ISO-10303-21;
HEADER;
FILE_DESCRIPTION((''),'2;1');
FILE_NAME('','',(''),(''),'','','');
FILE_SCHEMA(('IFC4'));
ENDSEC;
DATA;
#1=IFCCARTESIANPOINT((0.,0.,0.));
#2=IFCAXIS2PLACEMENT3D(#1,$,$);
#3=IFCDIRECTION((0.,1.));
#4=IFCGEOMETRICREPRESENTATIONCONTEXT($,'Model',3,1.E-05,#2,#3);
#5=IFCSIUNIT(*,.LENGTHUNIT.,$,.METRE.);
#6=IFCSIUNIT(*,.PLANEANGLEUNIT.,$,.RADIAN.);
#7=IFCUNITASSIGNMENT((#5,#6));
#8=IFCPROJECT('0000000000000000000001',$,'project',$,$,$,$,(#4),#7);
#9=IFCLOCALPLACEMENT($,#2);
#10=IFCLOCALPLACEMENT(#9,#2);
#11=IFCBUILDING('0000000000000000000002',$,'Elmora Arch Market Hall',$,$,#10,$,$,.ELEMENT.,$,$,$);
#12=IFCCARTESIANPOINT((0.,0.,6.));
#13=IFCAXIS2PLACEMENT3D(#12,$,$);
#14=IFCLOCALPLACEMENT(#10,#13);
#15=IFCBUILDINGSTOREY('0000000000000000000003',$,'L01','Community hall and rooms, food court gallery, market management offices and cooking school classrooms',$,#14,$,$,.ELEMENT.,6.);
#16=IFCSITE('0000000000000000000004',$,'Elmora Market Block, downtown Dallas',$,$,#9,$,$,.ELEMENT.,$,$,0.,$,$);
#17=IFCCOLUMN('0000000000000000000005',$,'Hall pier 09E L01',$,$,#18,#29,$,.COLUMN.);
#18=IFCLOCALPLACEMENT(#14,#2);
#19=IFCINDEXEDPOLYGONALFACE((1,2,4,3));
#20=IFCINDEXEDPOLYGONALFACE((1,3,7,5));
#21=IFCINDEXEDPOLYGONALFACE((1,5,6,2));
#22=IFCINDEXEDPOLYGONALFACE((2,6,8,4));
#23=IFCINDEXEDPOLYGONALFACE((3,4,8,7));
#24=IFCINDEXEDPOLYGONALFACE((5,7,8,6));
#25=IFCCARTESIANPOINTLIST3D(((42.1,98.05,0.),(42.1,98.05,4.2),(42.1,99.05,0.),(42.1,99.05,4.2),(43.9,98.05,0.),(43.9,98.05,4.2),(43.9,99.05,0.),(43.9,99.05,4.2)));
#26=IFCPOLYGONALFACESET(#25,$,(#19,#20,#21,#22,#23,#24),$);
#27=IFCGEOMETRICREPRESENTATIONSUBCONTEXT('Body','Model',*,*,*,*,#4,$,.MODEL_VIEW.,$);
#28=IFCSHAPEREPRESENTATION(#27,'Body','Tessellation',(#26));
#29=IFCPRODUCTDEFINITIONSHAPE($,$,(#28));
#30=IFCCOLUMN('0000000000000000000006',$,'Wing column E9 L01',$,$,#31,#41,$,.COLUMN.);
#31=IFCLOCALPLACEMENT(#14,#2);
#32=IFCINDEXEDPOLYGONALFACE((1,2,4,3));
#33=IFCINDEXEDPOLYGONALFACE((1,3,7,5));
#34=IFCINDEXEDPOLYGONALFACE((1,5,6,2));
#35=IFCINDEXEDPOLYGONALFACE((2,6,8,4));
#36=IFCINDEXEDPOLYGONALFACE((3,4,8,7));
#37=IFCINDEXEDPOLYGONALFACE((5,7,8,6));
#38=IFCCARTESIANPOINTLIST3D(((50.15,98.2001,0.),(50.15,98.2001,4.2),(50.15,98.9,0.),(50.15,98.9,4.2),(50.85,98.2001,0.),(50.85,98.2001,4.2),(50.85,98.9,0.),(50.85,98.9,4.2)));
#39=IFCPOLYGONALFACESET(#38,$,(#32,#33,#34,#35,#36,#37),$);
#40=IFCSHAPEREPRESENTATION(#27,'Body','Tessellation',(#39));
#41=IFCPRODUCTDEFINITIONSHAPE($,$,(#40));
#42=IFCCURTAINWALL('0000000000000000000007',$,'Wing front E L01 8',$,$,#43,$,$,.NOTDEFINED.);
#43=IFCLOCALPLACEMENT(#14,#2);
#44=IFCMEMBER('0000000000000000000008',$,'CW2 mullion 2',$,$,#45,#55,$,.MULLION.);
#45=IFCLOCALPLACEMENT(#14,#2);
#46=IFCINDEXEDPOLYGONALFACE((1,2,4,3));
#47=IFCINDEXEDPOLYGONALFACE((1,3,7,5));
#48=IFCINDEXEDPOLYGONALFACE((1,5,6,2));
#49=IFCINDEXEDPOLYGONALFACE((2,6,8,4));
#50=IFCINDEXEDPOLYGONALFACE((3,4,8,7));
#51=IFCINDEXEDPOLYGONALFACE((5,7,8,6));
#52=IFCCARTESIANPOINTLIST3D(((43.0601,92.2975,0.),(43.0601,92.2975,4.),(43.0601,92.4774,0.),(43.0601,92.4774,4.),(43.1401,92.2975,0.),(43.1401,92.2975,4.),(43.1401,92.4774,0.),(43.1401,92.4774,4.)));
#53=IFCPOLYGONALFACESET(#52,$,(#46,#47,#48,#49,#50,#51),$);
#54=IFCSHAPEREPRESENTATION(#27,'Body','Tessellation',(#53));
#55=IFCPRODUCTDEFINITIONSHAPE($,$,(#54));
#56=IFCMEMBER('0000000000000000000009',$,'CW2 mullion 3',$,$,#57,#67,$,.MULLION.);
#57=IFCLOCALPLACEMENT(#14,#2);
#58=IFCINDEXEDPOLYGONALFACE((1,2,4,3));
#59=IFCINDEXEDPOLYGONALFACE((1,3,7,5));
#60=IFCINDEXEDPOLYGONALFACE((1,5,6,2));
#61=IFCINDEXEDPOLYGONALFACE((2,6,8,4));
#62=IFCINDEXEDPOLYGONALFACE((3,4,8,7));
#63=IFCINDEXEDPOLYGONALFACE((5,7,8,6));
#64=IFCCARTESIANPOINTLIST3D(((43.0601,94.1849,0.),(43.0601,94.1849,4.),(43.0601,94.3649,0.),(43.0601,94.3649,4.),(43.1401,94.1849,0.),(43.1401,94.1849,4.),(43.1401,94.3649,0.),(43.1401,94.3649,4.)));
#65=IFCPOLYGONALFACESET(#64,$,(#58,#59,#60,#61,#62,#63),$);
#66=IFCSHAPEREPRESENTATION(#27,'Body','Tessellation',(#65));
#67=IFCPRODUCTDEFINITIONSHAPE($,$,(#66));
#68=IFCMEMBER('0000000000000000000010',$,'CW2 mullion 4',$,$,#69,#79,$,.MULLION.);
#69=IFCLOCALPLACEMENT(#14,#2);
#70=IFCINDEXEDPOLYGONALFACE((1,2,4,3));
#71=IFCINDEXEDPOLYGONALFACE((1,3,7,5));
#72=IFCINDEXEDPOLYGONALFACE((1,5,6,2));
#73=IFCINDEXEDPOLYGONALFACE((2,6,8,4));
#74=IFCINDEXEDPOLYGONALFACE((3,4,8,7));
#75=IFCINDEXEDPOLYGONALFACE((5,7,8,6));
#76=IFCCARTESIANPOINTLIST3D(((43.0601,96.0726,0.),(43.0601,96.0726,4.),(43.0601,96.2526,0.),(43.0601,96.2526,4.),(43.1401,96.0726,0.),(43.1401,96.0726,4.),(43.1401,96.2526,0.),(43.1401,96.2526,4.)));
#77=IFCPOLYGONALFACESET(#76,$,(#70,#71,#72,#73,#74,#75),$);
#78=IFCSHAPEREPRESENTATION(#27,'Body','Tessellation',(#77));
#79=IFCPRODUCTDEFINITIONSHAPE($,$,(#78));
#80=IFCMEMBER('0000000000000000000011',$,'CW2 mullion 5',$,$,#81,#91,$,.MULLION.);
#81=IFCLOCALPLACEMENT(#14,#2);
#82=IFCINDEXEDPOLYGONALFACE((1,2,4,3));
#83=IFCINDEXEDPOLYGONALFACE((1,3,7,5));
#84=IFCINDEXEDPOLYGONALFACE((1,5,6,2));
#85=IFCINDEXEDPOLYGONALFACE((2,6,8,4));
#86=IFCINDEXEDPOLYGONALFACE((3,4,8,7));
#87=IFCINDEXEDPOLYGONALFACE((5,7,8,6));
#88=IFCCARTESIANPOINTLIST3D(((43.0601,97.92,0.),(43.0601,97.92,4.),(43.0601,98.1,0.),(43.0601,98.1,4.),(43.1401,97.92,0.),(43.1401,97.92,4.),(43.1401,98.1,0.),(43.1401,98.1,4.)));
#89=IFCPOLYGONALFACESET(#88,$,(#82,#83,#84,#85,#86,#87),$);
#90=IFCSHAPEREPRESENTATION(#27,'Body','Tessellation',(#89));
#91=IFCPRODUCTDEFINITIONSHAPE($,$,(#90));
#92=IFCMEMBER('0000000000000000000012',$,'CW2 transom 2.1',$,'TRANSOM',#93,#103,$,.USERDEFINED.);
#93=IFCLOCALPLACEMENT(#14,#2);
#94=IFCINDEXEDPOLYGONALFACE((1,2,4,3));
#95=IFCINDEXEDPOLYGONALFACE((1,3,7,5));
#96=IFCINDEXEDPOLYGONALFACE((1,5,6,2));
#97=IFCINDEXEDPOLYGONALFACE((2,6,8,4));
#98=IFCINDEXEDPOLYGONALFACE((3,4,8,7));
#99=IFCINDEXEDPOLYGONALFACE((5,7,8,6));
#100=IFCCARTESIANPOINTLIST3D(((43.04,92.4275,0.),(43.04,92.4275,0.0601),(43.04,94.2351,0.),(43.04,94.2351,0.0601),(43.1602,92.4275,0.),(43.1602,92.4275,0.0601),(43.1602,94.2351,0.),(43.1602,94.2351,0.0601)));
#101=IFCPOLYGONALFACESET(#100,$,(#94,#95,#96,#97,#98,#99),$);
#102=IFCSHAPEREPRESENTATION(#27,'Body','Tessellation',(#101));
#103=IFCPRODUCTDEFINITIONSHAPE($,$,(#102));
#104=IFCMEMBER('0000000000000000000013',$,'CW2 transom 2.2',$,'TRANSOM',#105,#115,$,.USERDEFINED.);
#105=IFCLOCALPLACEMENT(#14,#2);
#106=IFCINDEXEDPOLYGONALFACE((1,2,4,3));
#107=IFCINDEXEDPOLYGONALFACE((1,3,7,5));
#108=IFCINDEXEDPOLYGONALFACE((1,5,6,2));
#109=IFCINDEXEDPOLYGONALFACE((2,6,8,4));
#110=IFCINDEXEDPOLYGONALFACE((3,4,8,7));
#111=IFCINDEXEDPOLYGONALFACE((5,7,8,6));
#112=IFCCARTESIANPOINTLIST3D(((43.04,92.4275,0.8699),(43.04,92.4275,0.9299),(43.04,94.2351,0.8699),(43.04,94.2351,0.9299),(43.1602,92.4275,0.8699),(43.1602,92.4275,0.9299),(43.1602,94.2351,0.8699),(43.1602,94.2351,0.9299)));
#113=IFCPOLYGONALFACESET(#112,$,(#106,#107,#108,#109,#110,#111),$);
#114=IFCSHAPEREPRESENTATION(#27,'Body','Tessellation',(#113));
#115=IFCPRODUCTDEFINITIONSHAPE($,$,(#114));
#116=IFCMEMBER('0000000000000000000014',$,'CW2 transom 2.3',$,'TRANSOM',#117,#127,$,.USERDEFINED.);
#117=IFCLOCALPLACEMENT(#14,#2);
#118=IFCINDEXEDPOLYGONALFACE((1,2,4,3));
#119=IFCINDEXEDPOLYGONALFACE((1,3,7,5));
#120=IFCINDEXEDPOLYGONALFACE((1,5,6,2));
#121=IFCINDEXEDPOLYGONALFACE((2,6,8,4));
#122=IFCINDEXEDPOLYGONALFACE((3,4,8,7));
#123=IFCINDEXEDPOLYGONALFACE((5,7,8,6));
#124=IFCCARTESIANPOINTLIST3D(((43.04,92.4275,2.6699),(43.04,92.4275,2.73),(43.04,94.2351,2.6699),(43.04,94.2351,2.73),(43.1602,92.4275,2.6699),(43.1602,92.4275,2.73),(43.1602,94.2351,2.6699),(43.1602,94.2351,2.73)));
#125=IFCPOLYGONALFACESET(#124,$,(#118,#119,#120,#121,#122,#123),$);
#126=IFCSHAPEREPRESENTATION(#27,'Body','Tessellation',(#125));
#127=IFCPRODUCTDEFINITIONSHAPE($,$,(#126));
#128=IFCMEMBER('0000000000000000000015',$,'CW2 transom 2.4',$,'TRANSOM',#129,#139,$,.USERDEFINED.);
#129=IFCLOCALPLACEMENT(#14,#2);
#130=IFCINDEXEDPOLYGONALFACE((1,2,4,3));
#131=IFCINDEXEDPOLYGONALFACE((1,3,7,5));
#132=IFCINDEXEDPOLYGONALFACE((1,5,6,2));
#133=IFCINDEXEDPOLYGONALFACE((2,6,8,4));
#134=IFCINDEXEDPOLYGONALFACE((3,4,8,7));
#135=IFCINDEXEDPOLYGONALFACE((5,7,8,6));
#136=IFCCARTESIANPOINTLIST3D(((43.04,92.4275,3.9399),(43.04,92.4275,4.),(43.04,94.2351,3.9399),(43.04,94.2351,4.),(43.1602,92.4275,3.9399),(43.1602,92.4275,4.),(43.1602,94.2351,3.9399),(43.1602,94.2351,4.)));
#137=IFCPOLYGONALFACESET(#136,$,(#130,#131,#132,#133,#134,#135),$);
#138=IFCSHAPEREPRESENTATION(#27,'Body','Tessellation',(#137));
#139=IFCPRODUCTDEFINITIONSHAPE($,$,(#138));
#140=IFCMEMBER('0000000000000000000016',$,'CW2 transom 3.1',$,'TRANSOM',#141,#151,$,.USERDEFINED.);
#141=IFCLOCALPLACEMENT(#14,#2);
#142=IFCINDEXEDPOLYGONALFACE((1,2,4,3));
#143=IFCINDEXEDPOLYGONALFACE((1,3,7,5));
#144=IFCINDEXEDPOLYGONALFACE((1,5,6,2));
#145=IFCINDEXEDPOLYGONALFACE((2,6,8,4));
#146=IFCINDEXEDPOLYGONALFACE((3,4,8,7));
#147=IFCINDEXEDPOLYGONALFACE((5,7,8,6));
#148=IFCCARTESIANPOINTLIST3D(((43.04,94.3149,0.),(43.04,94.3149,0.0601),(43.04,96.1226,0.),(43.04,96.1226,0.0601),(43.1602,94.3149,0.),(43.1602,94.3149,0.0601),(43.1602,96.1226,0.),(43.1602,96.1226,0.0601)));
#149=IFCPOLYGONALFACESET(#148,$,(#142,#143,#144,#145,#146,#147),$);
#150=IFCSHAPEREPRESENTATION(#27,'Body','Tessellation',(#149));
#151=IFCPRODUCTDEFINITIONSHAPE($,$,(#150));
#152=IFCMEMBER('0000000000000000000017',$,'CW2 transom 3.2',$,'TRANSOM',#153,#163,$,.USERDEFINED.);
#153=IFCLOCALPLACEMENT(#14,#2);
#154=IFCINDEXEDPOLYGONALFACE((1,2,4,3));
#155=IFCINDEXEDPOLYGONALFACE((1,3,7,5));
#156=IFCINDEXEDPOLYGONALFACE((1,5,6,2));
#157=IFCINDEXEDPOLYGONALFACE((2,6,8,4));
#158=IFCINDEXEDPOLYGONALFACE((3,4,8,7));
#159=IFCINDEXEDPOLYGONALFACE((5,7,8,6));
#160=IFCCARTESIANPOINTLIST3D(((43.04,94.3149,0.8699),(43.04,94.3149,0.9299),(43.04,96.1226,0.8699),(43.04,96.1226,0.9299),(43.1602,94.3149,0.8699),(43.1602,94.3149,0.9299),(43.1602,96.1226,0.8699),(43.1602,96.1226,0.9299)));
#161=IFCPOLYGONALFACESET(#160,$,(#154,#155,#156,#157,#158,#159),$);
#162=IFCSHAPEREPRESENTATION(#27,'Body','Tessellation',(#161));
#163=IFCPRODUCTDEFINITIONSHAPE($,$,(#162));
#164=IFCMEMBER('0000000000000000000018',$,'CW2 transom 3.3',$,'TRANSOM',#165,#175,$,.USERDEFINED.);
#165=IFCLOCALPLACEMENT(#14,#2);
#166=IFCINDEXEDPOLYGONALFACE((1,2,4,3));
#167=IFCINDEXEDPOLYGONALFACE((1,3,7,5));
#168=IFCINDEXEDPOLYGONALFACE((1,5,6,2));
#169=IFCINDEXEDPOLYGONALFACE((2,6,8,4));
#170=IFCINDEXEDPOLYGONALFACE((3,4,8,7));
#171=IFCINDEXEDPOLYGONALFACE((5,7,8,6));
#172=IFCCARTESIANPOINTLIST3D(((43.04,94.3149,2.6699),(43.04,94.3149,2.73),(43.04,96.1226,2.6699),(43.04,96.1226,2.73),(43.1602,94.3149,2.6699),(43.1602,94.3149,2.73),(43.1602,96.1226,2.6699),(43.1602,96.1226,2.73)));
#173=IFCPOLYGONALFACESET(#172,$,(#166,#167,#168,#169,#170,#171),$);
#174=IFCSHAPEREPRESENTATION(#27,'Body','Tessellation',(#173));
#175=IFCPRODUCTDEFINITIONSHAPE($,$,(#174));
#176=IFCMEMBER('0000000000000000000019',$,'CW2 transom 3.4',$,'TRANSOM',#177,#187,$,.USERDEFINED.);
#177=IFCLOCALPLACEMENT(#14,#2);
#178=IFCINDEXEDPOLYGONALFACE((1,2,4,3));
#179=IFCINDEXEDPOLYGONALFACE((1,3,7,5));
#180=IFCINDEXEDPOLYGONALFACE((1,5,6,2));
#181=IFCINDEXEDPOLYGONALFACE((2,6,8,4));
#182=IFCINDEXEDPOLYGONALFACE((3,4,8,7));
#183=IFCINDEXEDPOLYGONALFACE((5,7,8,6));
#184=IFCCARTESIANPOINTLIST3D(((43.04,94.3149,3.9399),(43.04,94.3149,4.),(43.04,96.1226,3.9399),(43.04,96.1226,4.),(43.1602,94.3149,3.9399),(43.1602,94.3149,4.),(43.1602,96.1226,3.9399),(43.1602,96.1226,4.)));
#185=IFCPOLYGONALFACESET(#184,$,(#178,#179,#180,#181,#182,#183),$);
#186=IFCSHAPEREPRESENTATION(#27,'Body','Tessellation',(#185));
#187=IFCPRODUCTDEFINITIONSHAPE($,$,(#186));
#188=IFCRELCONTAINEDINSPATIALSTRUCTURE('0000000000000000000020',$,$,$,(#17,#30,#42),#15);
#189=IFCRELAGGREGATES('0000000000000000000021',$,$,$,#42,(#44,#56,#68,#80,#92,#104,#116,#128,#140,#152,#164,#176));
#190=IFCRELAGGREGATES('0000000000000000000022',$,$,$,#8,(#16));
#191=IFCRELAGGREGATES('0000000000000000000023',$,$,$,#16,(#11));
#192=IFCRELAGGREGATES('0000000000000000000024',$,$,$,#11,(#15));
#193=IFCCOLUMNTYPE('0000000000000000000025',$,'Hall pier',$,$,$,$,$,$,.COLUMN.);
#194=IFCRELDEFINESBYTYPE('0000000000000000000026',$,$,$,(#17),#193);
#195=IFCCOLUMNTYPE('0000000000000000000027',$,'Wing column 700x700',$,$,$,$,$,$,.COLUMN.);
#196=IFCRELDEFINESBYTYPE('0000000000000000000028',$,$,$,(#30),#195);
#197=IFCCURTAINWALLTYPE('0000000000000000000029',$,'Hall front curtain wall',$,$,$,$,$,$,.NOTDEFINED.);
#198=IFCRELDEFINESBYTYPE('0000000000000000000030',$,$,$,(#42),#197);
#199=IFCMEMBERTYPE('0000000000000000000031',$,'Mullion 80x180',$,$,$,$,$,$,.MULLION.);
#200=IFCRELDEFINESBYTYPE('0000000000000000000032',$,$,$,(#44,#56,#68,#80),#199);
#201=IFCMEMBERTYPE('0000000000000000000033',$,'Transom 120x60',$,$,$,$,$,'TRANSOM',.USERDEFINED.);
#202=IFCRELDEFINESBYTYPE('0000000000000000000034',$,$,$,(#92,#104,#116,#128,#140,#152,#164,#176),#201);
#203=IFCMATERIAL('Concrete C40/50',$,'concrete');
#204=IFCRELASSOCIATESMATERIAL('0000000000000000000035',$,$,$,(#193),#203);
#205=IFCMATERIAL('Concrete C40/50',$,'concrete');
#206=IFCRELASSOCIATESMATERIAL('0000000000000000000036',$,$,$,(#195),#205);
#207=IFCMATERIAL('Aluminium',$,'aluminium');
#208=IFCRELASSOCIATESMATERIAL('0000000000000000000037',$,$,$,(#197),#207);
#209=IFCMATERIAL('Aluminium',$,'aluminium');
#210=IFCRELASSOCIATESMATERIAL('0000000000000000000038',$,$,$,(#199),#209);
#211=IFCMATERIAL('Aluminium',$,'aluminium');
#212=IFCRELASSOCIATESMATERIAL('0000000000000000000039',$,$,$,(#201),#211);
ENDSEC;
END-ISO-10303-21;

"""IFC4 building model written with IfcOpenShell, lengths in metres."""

from ifc_helpers import new_model, si_unit, direction, frame, origin, origin_2d, place, context, subcontext, project, spatial, rectangle, extrude, material, material_profile, profile_set, type_object, element, aggregate, save


model = new_model("IFC4")

# Units and contexts
model_context = context("Model", 3, precision=1e-05, world=origin(), true_north=direction((0.0, 1.0)))
body_context = subcontext(model_context, "Body", "Model", "MODEL_VIEW")
ifc_project = project(units=[si_unit("LENGTHUNIT", "METRE"), si_unit("PLANEANGLEUNIT", "RADIAN")], contexts=[model_context])

# Site, building, storey
site_placement = place(None, origin())
site = spatial("IfcSite", under=ifc_project, at=site_placement, Name="Elmora Market Block, downtown Dallas", CompositionType="ELEMENT", RefElevation=0.0)
building_placement = place(site_placement, origin())
building = spatial("IfcBuilding", under=site, at=building_placement, Name="Elmora Arch Market Hall", CompositionType="ELEMENT")
storey_placement = place(building_placement, frame((0.0, 0.0, 6.0)))
storey = spatial("IfcBuildingStorey", under=building, at=storey_placement, Name="L01", Description="Community hall and rooms, food court gallery, market management offices and cooking school classrooms", CompositionType="ELEMENT", Elevation=6.0)

# Columns
ifc_material_1 = material(Name="Concrete C40/50", Category="concrete")
ifc_material_profile_1 = material_profile(ifc_material_1, rectangle(XDim=1.8, YDim=1.0, at=origin_2d()), Name="Hall pier")
ifc_profile_set_1 = profile_set([ifc_material_profile_1], Name="Concrete C40/50")
column_type_1 = type_object("IfcColumnType", Name="Hall pier", PredefinedType="COLUMN", material=ifc_profile_set_1)
column_1_placement = place(storey_placement, frame((43.0, 98.55, 0.0), z_axis=(0.0, 0.0, 1.0), x_axis=(1.0, 0.0, 0.0)))
element("IfcColumn", 1, at=column_1_placement, inside=storey, type_object=column_type_1, Name="Hall pier 09E L01", PredefinedType="COLUMN", context=body_context, shape_type="SweptSolid", body=[
    extrude(rectangle(XDim=1.8, YDim=1.0, at=origin_2d()), origin(), (0.0, 0.0, 1.0), 4.2),
])
ifc_material_2 = material(Name="Concrete C40/50", Category="concrete")
ifc_material_profile_2 = material_profile(ifc_material_2, rectangle(XDim=0.7, YDim=0.7, at=origin_2d()), Name="Wing column 700x700")
ifc_profile_set_2 = profile_set([ifc_material_profile_2], Name="Concrete C40/50")
column_type_2 = type_object("IfcColumnType", Name="Wing column 700x700", PredefinedType="COLUMN", material=ifc_profile_set_2)
column_2_placement = place(storey_placement, frame((50.5, 98.55, 0.0), z_axis=(0.0, 0.0, 1.0), x_axis=(1.0, 0.0, 0.0)))
element("IfcColumn", 2, at=column_2_placement, inside=storey, type_object=column_type_2, Name="Wing column E9 L01", PredefinedType="COLUMN", context=body_context, shape_type="SweptSolid", body=[
    extrude(rectangle(XDim=0.7, YDim=0.7, at=origin_2d()), origin(), (0.0, 0.0, 1.0), 4.2),
])

# Curtain wall, members
ifc_material_3 = material(Name="Aluminium", Category="aluminium")
curtain_wall_type = type_object("IfcCurtainWallType", Name="Hall front curtain wall", PredefinedType="NOTDEFINED", material=ifc_material_3)
curtain_wall_placement = place(storey_placement, origin())
curtain_wall = element("IfcCurtainWall", 3, at=curtain_wall_placement, inside=storey, type_object=curtain_wall_type, Name="Wing front E L01 8", PredefinedType="NOTDEFINED")
ifc_material_4 = material(Name="Aluminium", Category="aluminium")
ifc_material_profile_3 = material_profile(ifc_material_4, rectangle(XDim=0.0801, YDim=0.1799, at=origin_2d()), Name="AL 80x180")
ifc_profile_set_3 = profile_set([ifc_material_profile_3], Name="Aluminium")
member_type_1 = type_object("IfcMemberType", Name="Mullion 80x180", PredefinedType="MULLION", material=ifc_profile_set_3)
member_1_placement = place(storey_placement, frame((43.1001, 92.3875, 0.0), z_axis=(0.0, 0.0, 1.0), x_axis=(-1.0, 0.0, 0.0)))
member_1 = element("IfcMember", 4, at=member_1_placement, type_object=member_type_1, Name="CW2 mullion 2", PredefinedType="MULLION", context=body_context, shape_type="SweptSolid", body=[
    extrude(rectangle(XDim=0.0801, YDim=0.1799, at=origin_2d()), origin(), (0.0, 0.0, 1.0), 4.0),
])
member_2_placement = place(storey_placement, frame((43.1001, 94.2749, 0.0), z_axis=(0.0, 0.0, 1.0), x_axis=(-1.0, 0.0, 0.0)))
member_2 = element("IfcMember", 5, at=member_2_placement, type_object=member_type_1, Name="CW2 mullion 3", PredefinedType="MULLION", context=body_context, shape_type="SweptSolid", body=[
    extrude(rectangle(XDim=0.0801, YDim=0.1799, at=origin_2d()), origin(), (0.0, 0.0, 1.0), 4.0),
])
member_3_placement = place(storey_placement, frame((43.1001, 96.1626, 0.0), z_axis=(0.0, 0.0, 1.0), x_axis=(-1.0, 0.0, 0.0)))
member_3 = element("IfcMember", 6, at=member_3_placement, type_object=member_type_1, Name="CW2 mullion 4", PredefinedType="MULLION", context=body_context, shape_type="SweptSolid", body=[
    extrude(rectangle(XDim=0.0801, YDim=0.1799, at=origin_2d()), origin(), (0.0, 0.0, 1.0), 4.0),
])
member_4_placement = place(storey_placement, frame((43.1001, 98.01, 0.0), z_axis=(0.0, 0.0, 1.0), x_axis=(-1.0, 0.0, 0.0)))
member_4 = element("IfcMember", 7, at=member_4_placement, type_object=member_type_1, Name="CW2 mullion 5", PredefinedType="MULLION", context=body_context, shape_type="SweptSolid", body=[
    extrude(rectangle(XDim=0.0801, YDim=0.1799, at=origin_2d()), origin(), (0.0, 0.0, 1.0), 4.0),
])
ifc_material_5 = material(Name="Aluminium", Category="aluminium")
ifc_material_profile_4 = material_profile(ifc_material_5, rectangle(XDim=0.1201, YDim=0.0601, at=origin_2d()), Name="AL 120x60")
ifc_profile_set_4 = profile_set([ifc_material_profile_4], Name="Aluminium")
member_type_2 = type_object("IfcMemberType", Name="Transom 120x60", ElementType="TRANSOM", PredefinedType="USERDEFINED", material=ifc_profile_set_4)
member_5_placement = place(storey_placement, frame((43.1001, 92.4275, 0.03), z_axis=(0.0, 1.0, 0.0), x_axis=(-1.0, 0.0, 0.0)))
member_5 = element("IfcMember", 8, at=member_5_placement, type_object=member_type_2, Name="CW2 transom 2.1", ObjectType="TRANSOM", PredefinedType="USERDEFINED", context=body_context, shape_type="SweptSolid", body=[
    extrude(rectangle(XDim=0.1201, YDim=0.0601, at=origin_2d()), origin(), (0.0, 0.0, 1.0), 1.8076),
])
member_6_placement = place(storey_placement, frame((43.1001, 92.4275, 0.8999), z_axis=(0.0, 1.0, 0.0), x_axis=(-1.0, 0.0, 0.0)))
member_6 = element("IfcMember", 9, at=member_6_placement, type_object=member_type_2, Name="CW2 transom 2.2", ObjectType="TRANSOM", PredefinedType="USERDEFINED", context=body_context, shape_type="SweptSolid", body=[
    extrude(rectangle(XDim=0.1201, YDim=0.0601, at=origin_2d()), origin(), (0.0, 0.0, 1.0), 1.8076),
])
member_7_placement = place(storey_placement, frame((43.1001, 92.4275, 2.7), z_axis=(0.0, 1.0, 0.0), x_axis=(-1.0, 0.0, 0.0)))
member_7 = element("IfcMember", 10, at=member_7_placement, type_object=member_type_2, Name="CW2 transom 2.3", ObjectType="TRANSOM", PredefinedType="USERDEFINED", context=body_context, shape_type="SweptSolid", body=[
    extrude(rectangle(XDim=0.1201, YDim=0.0601, at=origin_2d()), origin(), (0.0, 0.0, 1.0), 1.8076),
])
member_8_placement = place(storey_placement, frame((43.1001, 92.4275, 3.97), z_axis=(0.0, 1.0, 0.0), x_axis=(-1.0, 0.0, 0.0)))
member_8 = element("IfcMember", 11, at=member_8_placement, type_object=member_type_2, Name="CW2 transom 2.4", ObjectType="TRANSOM", PredefinedType="USERDEFINED", context=body_context, shape_type="SweptSolid", body=[
    extrude(rectangle(XDim=0.1201, YDim=0.0601, at=origin_2d()), origin(), (0.0, 0.0, 1.0), 1.8076),
])
member_9_placement = place(storey_placement, frame((43.1001, 94.3149, 0.03), z_axis=(0.0, 1.0, 0.0), x_axis=(-1.0, 0.0, 0.0)))
member_9 = element("IfcMember", 12, at=member_9_placement, type_object=member_type_2, Name="CW2 transom 3.1", ObjectType="TRANSOM", PredefinedType="USERDEFINED", context=body_context, shape_type="SweptSolid", body=[
    extrude(rectangle(XDim=0.1201, YDim=0.0601, at=origin_2d()), origin(), (0.0, 0.0, 1.0), 1.8076),
])
member_10_placement = place(storey_placement, frame((43.1001, 94.3149, 0.8999), z_axis=(0.0, 1.0, 0.0), x_axis=(-1.0, 0.0, 0.0)))
member_10 = element("IfcMember", 13, at=member_10_placement, type_object=member_type_2, Name="CW2 transom 3.2", ObjectType="TRANSOM", PredefinedType="USERDEFINED", context=body_context, shape_type="SweptSolid", body=[
    extrude(rectangle(XDim=0.1201, YDim=0.0601, at=origin_2d()), origin(), (0.0, 0.0, 1.0), 1.8076),
])
member_11_placement = place(storey_placement, frame((43.1001, 94.3149, 2.7), z_axis=(0.0, 1.0, 0.0), x_axis=(-1.0, 0.0, 0.0)))
member_11 = element("IfcMember", 14, at=member_11_placement, type_object=member_type_2, Name="CW2 transom 3.3", ObjectType="TRANSOM", PredefinedType="USERDEFINED", context=body_context, shape_type="SweptSolid", body=[
    extrude(rectangle(XDim=0.1201, YDim=0.0601, at=origin_2d()), origin(), (0.0, 0.0, 1.0), 1.8076),
])
member_12_placement = place(storey_placement, frame((43.1001, 94.3149, 3.97), z_axis=(0.0, 1.0, 0.0), x_axis=(-1.0, 0.0, 0.0)))
member_12 = element("IfcMember", 15, at=member_12_placement, type_object=member_type_2, Name="CW2 transom 3.4", ObjectType="TRANSOM", PredefinedType="USERDEFINED", context=body_context, shape_type="SweptSolid", body=[
    extrude(rectangle(XDim=0.1201, YDim=0.0601, at=origin_2d()), origin(), (0.0, 0.0, 1.0), 1.8076),
])

aggregate(curtain_wall, [member_1, member_2, member_3, member_4, member_5, member_6, member_7, member_8, member_9, member_10, member_11, member_12])

save(model, "model.ifc")
